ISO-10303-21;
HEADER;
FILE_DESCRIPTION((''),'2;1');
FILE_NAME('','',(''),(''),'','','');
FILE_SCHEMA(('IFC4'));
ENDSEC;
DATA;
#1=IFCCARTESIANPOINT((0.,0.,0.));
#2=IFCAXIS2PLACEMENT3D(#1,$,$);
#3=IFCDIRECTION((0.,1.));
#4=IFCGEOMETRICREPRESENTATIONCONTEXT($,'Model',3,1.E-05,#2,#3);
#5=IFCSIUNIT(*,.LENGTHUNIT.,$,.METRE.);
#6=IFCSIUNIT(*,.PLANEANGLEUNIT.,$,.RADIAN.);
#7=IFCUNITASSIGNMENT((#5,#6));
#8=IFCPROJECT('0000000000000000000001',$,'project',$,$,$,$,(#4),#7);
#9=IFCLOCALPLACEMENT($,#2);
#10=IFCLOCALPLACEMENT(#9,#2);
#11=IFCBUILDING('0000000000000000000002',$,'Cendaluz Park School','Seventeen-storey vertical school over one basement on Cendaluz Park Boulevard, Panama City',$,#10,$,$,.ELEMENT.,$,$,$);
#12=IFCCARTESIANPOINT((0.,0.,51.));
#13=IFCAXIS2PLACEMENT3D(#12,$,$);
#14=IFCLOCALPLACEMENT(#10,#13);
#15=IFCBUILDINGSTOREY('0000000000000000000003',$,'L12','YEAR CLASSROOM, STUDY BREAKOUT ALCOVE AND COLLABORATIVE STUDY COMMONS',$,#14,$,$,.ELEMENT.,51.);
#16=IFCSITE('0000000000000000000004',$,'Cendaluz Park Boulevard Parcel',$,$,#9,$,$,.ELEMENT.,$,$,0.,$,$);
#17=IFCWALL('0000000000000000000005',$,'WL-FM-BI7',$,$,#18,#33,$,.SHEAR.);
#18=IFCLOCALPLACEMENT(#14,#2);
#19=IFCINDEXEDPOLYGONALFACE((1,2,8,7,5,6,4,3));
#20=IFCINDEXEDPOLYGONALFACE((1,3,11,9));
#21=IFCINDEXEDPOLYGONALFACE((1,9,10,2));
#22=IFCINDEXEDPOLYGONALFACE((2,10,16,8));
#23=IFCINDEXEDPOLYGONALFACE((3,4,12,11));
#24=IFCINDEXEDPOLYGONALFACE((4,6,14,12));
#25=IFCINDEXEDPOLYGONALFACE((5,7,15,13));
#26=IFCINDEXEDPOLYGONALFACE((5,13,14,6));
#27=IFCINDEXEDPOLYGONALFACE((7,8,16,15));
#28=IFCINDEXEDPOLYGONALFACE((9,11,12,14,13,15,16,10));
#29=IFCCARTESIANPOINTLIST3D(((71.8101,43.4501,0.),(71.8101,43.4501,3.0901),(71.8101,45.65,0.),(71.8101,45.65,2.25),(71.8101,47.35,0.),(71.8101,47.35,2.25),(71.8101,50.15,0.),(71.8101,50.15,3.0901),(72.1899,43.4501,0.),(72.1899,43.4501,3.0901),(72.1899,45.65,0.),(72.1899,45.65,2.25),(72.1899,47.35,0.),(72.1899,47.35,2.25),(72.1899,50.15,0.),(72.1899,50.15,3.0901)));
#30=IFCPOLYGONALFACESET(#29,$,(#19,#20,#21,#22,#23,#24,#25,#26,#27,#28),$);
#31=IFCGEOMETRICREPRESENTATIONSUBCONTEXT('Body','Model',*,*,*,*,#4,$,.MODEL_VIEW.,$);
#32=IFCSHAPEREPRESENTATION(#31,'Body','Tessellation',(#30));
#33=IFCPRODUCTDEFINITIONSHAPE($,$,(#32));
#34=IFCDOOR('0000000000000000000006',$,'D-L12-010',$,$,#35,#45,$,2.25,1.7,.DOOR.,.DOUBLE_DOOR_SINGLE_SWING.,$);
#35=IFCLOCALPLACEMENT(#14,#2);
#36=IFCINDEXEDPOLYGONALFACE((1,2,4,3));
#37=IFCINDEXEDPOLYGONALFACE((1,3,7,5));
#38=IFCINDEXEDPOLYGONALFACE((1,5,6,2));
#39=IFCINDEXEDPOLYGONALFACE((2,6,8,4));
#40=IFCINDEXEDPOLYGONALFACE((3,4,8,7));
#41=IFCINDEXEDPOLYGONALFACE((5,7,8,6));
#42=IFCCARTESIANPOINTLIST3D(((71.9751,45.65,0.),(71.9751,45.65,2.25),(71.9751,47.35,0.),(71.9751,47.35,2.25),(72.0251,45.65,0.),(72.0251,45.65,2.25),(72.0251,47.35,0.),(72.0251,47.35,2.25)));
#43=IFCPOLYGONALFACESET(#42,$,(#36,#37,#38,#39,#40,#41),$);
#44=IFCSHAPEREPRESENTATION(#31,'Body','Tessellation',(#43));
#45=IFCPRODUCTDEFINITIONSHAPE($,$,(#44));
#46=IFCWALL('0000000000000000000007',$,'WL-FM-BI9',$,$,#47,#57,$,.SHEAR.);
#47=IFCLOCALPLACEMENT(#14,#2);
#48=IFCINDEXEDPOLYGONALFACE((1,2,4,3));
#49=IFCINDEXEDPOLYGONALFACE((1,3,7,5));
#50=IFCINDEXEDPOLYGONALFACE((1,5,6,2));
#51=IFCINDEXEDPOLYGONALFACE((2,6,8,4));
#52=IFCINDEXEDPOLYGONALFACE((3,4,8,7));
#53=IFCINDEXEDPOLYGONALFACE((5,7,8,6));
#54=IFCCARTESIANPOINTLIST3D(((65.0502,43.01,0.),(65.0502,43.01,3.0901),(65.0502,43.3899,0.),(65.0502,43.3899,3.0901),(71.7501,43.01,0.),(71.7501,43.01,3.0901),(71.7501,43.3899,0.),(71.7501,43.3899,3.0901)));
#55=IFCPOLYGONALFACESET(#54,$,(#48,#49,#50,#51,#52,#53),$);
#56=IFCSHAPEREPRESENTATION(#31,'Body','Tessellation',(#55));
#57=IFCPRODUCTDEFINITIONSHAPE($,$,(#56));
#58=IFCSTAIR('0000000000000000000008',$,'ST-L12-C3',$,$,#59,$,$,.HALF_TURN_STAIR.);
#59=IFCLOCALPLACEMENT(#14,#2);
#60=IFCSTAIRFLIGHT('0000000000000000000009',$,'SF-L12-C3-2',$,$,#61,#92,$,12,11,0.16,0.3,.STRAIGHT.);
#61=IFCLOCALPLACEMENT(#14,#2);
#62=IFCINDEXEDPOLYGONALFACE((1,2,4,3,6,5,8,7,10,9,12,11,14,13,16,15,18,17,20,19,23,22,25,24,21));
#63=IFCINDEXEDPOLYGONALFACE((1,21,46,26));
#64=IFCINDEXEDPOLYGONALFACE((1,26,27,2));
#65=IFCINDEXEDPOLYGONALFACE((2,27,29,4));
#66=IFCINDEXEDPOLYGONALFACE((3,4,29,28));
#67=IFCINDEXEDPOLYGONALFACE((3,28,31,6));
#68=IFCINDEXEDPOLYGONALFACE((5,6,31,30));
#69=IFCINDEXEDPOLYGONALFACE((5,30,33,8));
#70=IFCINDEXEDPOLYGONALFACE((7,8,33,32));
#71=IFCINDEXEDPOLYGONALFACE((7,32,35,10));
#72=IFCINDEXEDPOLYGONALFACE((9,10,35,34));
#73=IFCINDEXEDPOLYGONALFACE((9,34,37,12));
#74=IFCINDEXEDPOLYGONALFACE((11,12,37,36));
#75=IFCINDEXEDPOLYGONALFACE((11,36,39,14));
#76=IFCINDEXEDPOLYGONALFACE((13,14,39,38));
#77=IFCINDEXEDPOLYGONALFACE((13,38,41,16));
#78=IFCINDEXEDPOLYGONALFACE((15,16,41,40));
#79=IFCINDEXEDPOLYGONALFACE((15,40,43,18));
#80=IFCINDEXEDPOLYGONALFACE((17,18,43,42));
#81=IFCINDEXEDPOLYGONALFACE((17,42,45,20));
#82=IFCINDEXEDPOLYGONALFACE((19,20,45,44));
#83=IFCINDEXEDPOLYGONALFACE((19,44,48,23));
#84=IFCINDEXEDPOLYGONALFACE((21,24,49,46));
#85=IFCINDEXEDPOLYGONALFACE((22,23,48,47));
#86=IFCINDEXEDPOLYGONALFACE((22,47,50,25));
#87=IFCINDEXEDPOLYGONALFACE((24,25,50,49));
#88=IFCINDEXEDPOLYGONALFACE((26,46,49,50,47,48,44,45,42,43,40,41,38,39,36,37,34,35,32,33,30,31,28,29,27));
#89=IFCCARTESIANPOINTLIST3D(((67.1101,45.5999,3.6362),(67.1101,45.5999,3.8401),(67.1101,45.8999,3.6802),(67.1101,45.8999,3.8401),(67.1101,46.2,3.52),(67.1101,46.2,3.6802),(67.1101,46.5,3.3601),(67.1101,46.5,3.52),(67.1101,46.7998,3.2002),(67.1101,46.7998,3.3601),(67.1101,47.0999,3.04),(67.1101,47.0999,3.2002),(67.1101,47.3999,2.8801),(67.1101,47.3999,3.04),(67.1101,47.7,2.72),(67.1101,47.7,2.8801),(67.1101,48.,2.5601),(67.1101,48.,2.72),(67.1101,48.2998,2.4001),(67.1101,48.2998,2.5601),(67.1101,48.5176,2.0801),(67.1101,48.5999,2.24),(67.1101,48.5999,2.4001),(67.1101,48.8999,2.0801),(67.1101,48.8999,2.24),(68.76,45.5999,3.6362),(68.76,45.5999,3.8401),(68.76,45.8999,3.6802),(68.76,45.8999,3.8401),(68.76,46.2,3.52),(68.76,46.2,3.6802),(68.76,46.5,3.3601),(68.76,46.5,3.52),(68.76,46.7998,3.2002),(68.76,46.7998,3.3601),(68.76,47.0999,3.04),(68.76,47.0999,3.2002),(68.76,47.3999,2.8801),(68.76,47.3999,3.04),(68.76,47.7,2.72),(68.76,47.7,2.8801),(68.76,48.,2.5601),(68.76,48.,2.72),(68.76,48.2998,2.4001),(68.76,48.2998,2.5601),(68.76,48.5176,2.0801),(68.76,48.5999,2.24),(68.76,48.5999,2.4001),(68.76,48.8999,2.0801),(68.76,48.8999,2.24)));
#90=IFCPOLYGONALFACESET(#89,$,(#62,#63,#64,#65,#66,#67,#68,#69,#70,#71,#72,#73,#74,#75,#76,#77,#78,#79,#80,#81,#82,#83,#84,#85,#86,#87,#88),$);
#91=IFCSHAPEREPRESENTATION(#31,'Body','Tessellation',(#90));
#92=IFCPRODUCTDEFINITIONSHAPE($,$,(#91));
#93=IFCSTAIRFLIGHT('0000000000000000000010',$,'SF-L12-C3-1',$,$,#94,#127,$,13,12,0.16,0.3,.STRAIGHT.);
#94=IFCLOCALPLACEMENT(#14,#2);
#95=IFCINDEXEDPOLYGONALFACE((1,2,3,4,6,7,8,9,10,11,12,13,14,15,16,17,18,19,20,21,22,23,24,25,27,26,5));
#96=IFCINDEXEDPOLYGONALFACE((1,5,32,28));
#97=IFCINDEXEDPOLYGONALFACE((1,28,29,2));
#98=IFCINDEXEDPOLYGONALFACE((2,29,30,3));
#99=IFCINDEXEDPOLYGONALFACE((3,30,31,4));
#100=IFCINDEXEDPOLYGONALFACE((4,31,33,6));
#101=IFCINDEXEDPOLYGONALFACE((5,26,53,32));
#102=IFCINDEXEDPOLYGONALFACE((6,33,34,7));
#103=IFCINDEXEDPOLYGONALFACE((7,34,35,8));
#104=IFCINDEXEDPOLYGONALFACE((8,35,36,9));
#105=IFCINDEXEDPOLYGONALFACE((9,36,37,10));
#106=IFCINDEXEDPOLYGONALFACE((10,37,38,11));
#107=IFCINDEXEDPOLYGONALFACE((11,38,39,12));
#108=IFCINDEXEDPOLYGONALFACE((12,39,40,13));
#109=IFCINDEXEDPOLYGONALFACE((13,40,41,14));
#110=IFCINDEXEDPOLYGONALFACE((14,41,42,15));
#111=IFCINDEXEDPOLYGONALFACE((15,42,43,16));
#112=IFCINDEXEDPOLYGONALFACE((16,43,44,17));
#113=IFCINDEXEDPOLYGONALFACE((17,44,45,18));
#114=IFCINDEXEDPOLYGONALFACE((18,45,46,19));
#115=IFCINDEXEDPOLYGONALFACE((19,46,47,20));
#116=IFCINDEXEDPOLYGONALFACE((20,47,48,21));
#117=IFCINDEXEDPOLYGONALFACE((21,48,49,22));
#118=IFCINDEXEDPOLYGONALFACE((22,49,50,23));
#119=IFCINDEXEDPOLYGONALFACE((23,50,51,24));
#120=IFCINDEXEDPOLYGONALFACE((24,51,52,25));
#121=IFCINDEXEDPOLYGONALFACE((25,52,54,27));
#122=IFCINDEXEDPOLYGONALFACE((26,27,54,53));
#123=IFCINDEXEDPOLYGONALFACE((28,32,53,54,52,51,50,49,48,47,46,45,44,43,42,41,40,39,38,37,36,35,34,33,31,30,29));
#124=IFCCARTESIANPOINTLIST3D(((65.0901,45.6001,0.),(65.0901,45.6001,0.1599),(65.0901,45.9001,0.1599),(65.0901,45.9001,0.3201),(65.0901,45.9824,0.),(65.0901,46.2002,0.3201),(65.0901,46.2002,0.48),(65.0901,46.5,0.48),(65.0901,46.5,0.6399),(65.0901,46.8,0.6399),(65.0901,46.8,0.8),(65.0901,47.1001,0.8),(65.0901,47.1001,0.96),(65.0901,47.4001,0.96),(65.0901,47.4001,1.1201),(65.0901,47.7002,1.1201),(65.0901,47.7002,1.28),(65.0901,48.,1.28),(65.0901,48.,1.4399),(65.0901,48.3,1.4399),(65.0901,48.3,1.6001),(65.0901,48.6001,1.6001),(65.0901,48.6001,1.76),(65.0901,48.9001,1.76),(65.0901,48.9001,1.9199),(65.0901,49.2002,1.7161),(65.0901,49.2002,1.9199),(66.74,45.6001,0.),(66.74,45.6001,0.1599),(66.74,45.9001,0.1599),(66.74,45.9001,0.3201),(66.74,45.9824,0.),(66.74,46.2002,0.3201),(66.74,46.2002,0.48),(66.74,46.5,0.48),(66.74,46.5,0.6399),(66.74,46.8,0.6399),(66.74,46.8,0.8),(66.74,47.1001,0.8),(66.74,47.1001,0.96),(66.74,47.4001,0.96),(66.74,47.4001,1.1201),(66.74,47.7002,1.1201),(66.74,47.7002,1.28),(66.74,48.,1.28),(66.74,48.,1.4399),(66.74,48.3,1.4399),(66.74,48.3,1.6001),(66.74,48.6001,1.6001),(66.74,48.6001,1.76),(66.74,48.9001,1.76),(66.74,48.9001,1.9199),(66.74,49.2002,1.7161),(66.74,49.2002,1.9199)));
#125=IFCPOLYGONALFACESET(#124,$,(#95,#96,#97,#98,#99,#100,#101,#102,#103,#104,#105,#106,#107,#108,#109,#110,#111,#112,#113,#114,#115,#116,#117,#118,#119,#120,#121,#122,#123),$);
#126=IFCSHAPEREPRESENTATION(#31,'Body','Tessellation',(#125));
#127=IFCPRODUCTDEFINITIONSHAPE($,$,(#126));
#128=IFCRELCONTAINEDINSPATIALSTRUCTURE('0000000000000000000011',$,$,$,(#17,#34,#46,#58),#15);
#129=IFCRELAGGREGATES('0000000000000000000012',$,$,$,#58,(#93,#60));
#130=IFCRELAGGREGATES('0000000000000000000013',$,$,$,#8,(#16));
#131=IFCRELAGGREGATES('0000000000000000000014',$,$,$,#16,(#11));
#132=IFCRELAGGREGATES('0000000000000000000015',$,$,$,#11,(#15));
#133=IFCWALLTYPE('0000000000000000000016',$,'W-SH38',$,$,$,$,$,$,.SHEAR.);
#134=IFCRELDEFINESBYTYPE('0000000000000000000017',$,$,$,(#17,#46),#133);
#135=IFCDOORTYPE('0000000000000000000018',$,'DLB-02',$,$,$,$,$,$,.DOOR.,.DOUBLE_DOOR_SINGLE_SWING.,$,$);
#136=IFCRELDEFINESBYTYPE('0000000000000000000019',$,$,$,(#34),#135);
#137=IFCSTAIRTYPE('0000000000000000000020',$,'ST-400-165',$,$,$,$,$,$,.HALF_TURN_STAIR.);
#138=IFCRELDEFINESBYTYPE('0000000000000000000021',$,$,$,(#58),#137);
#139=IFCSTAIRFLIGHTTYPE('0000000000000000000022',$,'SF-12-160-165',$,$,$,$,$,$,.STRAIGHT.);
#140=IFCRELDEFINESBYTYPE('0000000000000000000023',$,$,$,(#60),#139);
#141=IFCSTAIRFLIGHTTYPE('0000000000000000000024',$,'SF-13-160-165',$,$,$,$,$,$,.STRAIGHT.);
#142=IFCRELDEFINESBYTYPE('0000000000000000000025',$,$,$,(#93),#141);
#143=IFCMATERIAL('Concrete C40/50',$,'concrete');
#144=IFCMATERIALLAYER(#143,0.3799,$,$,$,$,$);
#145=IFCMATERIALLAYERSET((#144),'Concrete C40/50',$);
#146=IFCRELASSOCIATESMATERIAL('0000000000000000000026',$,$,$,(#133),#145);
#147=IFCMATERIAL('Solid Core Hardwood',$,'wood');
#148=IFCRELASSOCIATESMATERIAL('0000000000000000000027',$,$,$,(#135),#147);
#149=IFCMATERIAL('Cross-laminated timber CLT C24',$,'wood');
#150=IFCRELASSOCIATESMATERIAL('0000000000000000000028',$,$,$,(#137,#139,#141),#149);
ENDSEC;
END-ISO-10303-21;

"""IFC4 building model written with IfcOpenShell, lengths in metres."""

from ifc_helpers import new_model, si_unit, direction, frame, frame_2d, origin, place, context, subcontext, project, spatial, polyline, rectangle, outline, extrude, material, layer, layer_set, type_object, element, fill, aggregate, save


model = new_model("IFC4")

# Units and contexts
model_context = context("Model", 3, precision=1e-05, world=origin(), true_north=direction((0.0, 1.0)))
body_context = subcontext(model_context, "Body", "Model", "MODEL_VIEW")
ifc_project = project(units=[si_unit("LENGTHUNIT", "METRE"), si_unit("PLANEANGLEUNIT", "RADIAN")], contexts=[model_context])

# Site, building, storey
site_placement = place(None, origin())
site = spatial("IfcSite", under=ifc_project, at=site_placement, Name="Cendaluz Park Boulevard Parcel", CompositionType="ELEMENT", RefElevation=0.0)
building_placement = place(site_placement, origin())
building = spatial("IfcBuilding", under=site, at=building_placement, Name="Cendaluz Park School", Description="Seventeen-storey vertical school over one basement on Cendaluz Park Boulevard, Panama City", CompositionType="ELEMENT")
storey_placement = place(building_placement, frame((0.0, 0.0, 51.0)))
storey = spatial("IfcBuildingStorey", under=building, at=storey_placement, Name="L12", Description="YEAR CLASSROOM, STUDY BREAKOUT ALCOVE AND COLLABORATIVE STUDY COMMONS", CompositionType="ELEMENT", Elevation=51.0)

# Shared definitions
ifc_material_1 = material(Name="Concrete C40/50", Category="concrete")
ifc_material_2 = material(Name="Solid Core Hardwood", Category="wood")

# Wall, opening, door
ifc_layer_1 = layer(ifc_material_1, 0.3799)
ifc_layer_set_1 = layer_set([ifc_layer_1], Name="Concrete C40/50")
wall_type_1 = type_object("IfcWallType", Name="W-SH38", PredefinedType="SHEAR", material=ifc_layer_set_1)
wall_1_placement = place(storey_placement, frame((72.0, 43.45, 0.0), z_axis=(0.0, 0.0, 1.0), x_axis=(0.0, 1.0, 0.0)))
wall_1 = element("IfcWall", 1, at=wall_1_placement, inside=storey, type_object=wall_type_1, Name="WL-FM-BI7", PredefinedType="SHEAR", context=body_context, shape_type="SweptSolid", body=[
    extrude(rectangle(XDim=6.7, YDim=0.3799, at=frame_2d((3.3501, 0.0))), origin(), (0.0, 0.0, 1.0), 3.0901),
])
opening_1_placement = place(wall_1_placement, frame((2.2, 0.0, 0.0)))
opening_1 = element("IfcOpeningElement", 2, at=opening_1_placement, cuts=wall_1, PredefinedType="OPENING", context=body_context, shape_type="SweptSolid", body=[
    extrude(rectangle(XDim=1.7, YDim=2.25, at=frame_2d((0.8501, 1.125))), frame((0.0, 0.2019, 0.0), z_axis=(0.0, -1.0, 0.0), x_axis=(1.0, 0.0, 0.0)), (0.0, 0.0, 1.0), 0.4038),
])
door_type_1 = type_object("IfcDoorType", Name="DLB-02", OperationType="DOUBLE_DOOR_SINGLE_SWING", PredefinedType="DOOR", material=ifc_material_2)
door_1_placement = place(opening_1_placement, origin())
door_1 = element("IfcDoor", 3, at=door_1_placement, inside=storey, type_object=door_type_1, Name="D-L12-010", OperationType="DOUBLE_DOOR_SINGLE_SWING", OverallHeight=2.25, OverallWidth=1.7, PredefinedType="DOOR", context=body_context, shape_type="SweptSolid", body=[
    extrude(rectangle(XDim=1.7, YDim=2.25, at=frame_2d((0.8501, 1.125))), frame((0.0, 0.0249, 0.0), z_axis=(0.0, -1.0, 0.0), x_axis=(1.0, 0.0, 0.0)), (0.0, 0.0, 1.0), 0.05),
])
fill(opening_1, door_1)

# Wall
wall_2_placement = place(storey_placement, frame((65.05, 43.2, 0.0), z_axis=(0.0, 0.0, 1.0), x_axis=(1.0, 0.0, 0.0)))
element("IfcWall", 4, at=wall_2_placement, inside=storey, type_object=wall_type_1, Name="WL-FM-BI9", PredefinedType="SHEAR", context=body_context, shape_type="SweptSolid", body=[
    extrude(rectangle(XDim=6.7, YDim=0.3799, at=frame_2d((3.3501, 0.0))), origin(), (0.0, 0.0, 1.0), 3.0901),
])

# Stair, stair flights
ifc_material_3 = material(Name="Cross-laminated timber CLT C24", Category="wood")
stair_type = type_object("IfcStairType", Name="ST-400-165", PredefinedType="HALF_TURN_STAIR", material=ifc_material_3)
stair_placement = place(storey_placement, origin())
stair = element("IfcStair", 5, at=stair_placement, inside=storey, type_object=stair_type, Name="ST-L12-C3", PredefinedType="HALF_TURN_STAIR")
stair_flight_type_1 = type_object("IfcStairFlightType", Name="SF-12-160-165", PredefinedType="STRAIGHT", material=ifc_material_3)
stair_flight_1_placement = place(storey_placement, frame((67.9351, 48.8999, 2.0801), z_axis=(0.0, 0.0, 1.0), x_axis=(0.0, -1.0, 0.0)))
stair_flight_1 = element("IfcStairFlight", 6, at=stair_flight_1_placement, type_object=stair_flight_type_1, Name="SF-L12-C3-2", NumberOfRisers=12, NumberOfTreads=11, PredefinedType="STRAIGHT", RiserHeight=0.16, TreadLength=0.3, context=body_context, shape_type="SweptSolid", body=[
    extrude(outline(polyline([(0.0, 0.0), (0.0, 0.1599), (0.3, 0.1599), (0.3, 0.3201), (0.6001, 0.3201), (0.6001, 0.48), (0.8999, 0.48), (0.8999, 0.6399), (1.2, 0.6399), (1.2, 0.8), (1.5, 0.8), (1.5, 0.96), (1.8, 0.96), (1.8, 1.1201), (2.1001, 1.1201), (2.1001, 1.28), (2.3999, 1.28), (2.3999, 1.4399), (2.7, 1.4399), (2.7, 1.6001), (3.0, 1.6001), (3.0, 1.76), (3.3, 1.76), (3.3, 1.9199), (3.3, 1.5562), (0.3823, 0.0), (0.0, 0.0)])), frame((0.0, 0.825, 0.0), z_axis=(0.0, -1.0, 0.0), x_axis=(1.0, 0.0, 0.0)), (0.0, 0.0, 1.0), 1.6499),
])
stair_flight_type_2 = type_object("IfcStairFlightType", Name="SF-13-160-165", PredefinedType="STRAIGHT", material=ifc_material_3)
stair_flight_2_placement = place(storey_placement, frame((65.915, 45.6001, 0.0), z_axis=(0.0, 0.0, 1.0), x_axis=(0.0, 1.0, 0.0)))
stair_flight_2 = element("IfcStairFlight", 7, at=stair_flight_2_placement, type_object=stair_flight_type_2, Name="SF-L12-C3-1", NumberOfRisers=13, NumberOfTreads=12, PredefinedType="STRAIGHT", RiserHeight=0.16, TreadLength=0.3, context=body_context, shape_type="SweptSolid", body=[
    extrude(outline(polyline([(0.0, 0.0), (0.0, 0.1599), (0.3, 0.1599), (0.3, 0.3201), (0.6001, 0.3201), (0.6001, 0.48), (0.8999, 0.48), (0.8999, 0.6399), (1.2, 0.6399), (1.2, 0.8), (1.5, 0.8), (1.5, 0.96), (1.8, 0.96), (1.8, 1.1201), (2.1001, 1.1201), (2.1001, 1.28), (2.3999, 1.28), (2.3999, 1.4399), (2.7, 1.4399), (2.7, 1.6001), (3.0, 1.6001), (3.0, 1.76), (3.3, 1.76), (3.3, 1.9199), (3.6001, 1.9199), (3.6001, 2.0801), (3.6001, 1.7161), (0.3823, 0.0), (0.0, 0.0)])), frame((0.0, 0.825, 0.0), z_axis=(0.0, -1.0, 0.0), x_axis=(1.0, 0.0, 0.0)), (0.0, 0.0, 1.0), 1.6499),
])
aggregate(stair, [stair_flight_2, stair_flight_1])

save(model, "model.ifc")
